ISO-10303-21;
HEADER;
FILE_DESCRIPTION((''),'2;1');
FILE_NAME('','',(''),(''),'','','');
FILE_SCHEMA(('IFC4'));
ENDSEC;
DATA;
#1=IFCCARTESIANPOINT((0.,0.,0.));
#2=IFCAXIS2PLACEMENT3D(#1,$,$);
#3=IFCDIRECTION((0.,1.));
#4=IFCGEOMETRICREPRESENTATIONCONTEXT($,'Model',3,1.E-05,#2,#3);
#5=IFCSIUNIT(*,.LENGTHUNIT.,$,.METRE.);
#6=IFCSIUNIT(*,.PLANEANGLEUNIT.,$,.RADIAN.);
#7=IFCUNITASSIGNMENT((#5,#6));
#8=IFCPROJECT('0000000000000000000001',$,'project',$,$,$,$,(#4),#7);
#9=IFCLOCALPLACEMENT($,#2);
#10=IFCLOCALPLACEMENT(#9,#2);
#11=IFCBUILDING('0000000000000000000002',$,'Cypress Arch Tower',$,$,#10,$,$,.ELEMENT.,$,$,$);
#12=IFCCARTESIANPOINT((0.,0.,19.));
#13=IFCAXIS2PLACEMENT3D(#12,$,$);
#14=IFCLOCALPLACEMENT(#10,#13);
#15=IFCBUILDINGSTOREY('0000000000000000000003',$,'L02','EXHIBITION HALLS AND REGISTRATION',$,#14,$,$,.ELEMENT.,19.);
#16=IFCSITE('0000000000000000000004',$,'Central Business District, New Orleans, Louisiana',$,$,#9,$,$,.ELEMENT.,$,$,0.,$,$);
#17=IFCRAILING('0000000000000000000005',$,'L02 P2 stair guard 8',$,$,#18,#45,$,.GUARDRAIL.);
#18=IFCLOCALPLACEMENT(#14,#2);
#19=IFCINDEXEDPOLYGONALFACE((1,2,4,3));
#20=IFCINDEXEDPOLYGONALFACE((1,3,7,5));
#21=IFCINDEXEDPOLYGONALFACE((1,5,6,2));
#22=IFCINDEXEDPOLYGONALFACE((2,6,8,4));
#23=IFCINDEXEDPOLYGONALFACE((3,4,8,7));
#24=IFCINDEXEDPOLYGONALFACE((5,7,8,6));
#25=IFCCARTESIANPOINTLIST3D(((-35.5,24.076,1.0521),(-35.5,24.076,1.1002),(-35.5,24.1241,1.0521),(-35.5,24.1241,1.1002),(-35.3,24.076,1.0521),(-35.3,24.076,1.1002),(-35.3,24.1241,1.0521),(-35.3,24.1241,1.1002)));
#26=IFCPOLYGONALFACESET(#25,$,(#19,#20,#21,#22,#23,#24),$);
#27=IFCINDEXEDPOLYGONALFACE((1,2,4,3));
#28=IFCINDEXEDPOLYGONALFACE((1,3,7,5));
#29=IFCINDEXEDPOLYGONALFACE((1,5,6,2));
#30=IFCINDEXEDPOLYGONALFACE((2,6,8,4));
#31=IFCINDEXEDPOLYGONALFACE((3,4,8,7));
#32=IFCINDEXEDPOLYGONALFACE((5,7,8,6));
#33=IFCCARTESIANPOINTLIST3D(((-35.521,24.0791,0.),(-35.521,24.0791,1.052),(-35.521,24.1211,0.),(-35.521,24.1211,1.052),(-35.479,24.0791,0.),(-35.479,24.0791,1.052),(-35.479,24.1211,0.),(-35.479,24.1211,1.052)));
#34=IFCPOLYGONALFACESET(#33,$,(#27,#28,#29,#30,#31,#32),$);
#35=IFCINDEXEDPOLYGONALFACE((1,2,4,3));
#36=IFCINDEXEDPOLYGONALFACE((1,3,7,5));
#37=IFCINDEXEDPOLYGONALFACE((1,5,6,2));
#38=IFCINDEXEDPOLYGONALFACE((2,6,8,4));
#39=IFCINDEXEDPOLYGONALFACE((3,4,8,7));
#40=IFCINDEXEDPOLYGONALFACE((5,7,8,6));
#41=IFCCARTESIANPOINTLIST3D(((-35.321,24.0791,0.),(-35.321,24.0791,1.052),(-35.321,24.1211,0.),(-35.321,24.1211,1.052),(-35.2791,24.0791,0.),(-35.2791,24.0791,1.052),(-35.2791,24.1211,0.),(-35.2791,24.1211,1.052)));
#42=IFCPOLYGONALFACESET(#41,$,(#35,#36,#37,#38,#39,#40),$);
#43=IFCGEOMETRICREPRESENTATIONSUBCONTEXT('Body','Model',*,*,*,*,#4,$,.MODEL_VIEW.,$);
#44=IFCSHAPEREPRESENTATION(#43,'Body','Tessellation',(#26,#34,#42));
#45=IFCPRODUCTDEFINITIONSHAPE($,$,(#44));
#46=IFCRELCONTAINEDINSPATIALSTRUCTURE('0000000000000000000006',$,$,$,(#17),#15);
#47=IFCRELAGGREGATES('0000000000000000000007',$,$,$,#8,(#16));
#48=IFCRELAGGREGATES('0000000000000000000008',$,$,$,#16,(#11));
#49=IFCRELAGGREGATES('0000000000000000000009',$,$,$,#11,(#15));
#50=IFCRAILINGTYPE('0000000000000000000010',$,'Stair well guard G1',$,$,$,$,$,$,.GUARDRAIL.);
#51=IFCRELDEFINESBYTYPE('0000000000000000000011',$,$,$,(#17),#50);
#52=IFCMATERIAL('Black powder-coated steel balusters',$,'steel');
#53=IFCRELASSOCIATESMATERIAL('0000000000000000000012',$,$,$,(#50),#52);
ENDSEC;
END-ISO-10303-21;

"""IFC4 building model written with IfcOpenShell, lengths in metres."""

from ifc_helpers import new_model, si_unit, direction, frame, origin, origin_2d, place, context, subcontext, project, spatial, rectangle, extrude, material, type_object, element, save


model = new_model("IFC4")

# Units and contexts
model_context = context("Model", 3, precision=1e-05, world=origin(), true_north=direction((0.0, 1.0)))
body_context = subcontext(model_context, "Body", "Model", "MODEL_VIEW")
ifc_project = project(units=[si_unit("LENGTHUNIT", "METRE"), si_unit("PLANEANGLEUNIT", "RADIAN")], contexts=[model_context])

# Site, building, storey
site_placement = place(None, origin())
site = spatial("IfcSite", under=ifc_project, at=site_placement, Name="Central Business District, New Orleans, Louisiana", CompositionType="ELEMENT", RefElevation=0.0)
building_placement = place(site_placement, origin())
building = spatial("IfcBuilding", under=site, at=building_placement, Name="Cypress Arch Tower", CompositionType="ELEMENT")
storey_placement = place(building_placement, frame((0.0, 0.0, 19.0)))
storey = spatial("IfcBuildingStorey", under=building, at=storey_placement, Name="L02", Description="EXHIBITION HALLS AND REGISTRATION", CompositionType="ELEMENT", Elevation=19.0)

# Railing
ifc_material_1 = material(Name="Black powder-coated steel balusters", Category="steel")
railing_type_1 = type_object("IfcRailingType", Name="Stair well guard G1", PredefinedType="GUARDRAIL", material=ifc_material_1)
railing_1_placement = place(storey_placement, frame((-35.5, 24.1001, 0.0)))
element("IfcRailing", 1, at=railing_1_placement, inside=storey, type_object=railing_type_1, Name="L02 P2 stair guard 8", PredefinedType="GUARDRAIL", context=body_context, shape_type="SweptSolid", body=[
    extrude(rectangle(XDim=0.0481, YDim=0.0481, at=origin_2d()), frame((0.0, 0.0, 1.0762), z_axis=(1.0, 0.0, 0.0), x_axis=(0.0, 1.0, 0.0)), (0.0, 0.0, 1.0), 0.2),
    extrude(rectangle(XDim=0.042, YDim=0.042, at=origin_2d()), origin(), (0.0, 0.0, 1.0), 1.052),
    extrude(rectangle(XDim=0.042, YDim=0.042, at=origin_2d()), frame((0.2, 0.0, 0.0)), (0.0, 0.0, 1.0), 1.052),
])

save(model, "model.ifc")
